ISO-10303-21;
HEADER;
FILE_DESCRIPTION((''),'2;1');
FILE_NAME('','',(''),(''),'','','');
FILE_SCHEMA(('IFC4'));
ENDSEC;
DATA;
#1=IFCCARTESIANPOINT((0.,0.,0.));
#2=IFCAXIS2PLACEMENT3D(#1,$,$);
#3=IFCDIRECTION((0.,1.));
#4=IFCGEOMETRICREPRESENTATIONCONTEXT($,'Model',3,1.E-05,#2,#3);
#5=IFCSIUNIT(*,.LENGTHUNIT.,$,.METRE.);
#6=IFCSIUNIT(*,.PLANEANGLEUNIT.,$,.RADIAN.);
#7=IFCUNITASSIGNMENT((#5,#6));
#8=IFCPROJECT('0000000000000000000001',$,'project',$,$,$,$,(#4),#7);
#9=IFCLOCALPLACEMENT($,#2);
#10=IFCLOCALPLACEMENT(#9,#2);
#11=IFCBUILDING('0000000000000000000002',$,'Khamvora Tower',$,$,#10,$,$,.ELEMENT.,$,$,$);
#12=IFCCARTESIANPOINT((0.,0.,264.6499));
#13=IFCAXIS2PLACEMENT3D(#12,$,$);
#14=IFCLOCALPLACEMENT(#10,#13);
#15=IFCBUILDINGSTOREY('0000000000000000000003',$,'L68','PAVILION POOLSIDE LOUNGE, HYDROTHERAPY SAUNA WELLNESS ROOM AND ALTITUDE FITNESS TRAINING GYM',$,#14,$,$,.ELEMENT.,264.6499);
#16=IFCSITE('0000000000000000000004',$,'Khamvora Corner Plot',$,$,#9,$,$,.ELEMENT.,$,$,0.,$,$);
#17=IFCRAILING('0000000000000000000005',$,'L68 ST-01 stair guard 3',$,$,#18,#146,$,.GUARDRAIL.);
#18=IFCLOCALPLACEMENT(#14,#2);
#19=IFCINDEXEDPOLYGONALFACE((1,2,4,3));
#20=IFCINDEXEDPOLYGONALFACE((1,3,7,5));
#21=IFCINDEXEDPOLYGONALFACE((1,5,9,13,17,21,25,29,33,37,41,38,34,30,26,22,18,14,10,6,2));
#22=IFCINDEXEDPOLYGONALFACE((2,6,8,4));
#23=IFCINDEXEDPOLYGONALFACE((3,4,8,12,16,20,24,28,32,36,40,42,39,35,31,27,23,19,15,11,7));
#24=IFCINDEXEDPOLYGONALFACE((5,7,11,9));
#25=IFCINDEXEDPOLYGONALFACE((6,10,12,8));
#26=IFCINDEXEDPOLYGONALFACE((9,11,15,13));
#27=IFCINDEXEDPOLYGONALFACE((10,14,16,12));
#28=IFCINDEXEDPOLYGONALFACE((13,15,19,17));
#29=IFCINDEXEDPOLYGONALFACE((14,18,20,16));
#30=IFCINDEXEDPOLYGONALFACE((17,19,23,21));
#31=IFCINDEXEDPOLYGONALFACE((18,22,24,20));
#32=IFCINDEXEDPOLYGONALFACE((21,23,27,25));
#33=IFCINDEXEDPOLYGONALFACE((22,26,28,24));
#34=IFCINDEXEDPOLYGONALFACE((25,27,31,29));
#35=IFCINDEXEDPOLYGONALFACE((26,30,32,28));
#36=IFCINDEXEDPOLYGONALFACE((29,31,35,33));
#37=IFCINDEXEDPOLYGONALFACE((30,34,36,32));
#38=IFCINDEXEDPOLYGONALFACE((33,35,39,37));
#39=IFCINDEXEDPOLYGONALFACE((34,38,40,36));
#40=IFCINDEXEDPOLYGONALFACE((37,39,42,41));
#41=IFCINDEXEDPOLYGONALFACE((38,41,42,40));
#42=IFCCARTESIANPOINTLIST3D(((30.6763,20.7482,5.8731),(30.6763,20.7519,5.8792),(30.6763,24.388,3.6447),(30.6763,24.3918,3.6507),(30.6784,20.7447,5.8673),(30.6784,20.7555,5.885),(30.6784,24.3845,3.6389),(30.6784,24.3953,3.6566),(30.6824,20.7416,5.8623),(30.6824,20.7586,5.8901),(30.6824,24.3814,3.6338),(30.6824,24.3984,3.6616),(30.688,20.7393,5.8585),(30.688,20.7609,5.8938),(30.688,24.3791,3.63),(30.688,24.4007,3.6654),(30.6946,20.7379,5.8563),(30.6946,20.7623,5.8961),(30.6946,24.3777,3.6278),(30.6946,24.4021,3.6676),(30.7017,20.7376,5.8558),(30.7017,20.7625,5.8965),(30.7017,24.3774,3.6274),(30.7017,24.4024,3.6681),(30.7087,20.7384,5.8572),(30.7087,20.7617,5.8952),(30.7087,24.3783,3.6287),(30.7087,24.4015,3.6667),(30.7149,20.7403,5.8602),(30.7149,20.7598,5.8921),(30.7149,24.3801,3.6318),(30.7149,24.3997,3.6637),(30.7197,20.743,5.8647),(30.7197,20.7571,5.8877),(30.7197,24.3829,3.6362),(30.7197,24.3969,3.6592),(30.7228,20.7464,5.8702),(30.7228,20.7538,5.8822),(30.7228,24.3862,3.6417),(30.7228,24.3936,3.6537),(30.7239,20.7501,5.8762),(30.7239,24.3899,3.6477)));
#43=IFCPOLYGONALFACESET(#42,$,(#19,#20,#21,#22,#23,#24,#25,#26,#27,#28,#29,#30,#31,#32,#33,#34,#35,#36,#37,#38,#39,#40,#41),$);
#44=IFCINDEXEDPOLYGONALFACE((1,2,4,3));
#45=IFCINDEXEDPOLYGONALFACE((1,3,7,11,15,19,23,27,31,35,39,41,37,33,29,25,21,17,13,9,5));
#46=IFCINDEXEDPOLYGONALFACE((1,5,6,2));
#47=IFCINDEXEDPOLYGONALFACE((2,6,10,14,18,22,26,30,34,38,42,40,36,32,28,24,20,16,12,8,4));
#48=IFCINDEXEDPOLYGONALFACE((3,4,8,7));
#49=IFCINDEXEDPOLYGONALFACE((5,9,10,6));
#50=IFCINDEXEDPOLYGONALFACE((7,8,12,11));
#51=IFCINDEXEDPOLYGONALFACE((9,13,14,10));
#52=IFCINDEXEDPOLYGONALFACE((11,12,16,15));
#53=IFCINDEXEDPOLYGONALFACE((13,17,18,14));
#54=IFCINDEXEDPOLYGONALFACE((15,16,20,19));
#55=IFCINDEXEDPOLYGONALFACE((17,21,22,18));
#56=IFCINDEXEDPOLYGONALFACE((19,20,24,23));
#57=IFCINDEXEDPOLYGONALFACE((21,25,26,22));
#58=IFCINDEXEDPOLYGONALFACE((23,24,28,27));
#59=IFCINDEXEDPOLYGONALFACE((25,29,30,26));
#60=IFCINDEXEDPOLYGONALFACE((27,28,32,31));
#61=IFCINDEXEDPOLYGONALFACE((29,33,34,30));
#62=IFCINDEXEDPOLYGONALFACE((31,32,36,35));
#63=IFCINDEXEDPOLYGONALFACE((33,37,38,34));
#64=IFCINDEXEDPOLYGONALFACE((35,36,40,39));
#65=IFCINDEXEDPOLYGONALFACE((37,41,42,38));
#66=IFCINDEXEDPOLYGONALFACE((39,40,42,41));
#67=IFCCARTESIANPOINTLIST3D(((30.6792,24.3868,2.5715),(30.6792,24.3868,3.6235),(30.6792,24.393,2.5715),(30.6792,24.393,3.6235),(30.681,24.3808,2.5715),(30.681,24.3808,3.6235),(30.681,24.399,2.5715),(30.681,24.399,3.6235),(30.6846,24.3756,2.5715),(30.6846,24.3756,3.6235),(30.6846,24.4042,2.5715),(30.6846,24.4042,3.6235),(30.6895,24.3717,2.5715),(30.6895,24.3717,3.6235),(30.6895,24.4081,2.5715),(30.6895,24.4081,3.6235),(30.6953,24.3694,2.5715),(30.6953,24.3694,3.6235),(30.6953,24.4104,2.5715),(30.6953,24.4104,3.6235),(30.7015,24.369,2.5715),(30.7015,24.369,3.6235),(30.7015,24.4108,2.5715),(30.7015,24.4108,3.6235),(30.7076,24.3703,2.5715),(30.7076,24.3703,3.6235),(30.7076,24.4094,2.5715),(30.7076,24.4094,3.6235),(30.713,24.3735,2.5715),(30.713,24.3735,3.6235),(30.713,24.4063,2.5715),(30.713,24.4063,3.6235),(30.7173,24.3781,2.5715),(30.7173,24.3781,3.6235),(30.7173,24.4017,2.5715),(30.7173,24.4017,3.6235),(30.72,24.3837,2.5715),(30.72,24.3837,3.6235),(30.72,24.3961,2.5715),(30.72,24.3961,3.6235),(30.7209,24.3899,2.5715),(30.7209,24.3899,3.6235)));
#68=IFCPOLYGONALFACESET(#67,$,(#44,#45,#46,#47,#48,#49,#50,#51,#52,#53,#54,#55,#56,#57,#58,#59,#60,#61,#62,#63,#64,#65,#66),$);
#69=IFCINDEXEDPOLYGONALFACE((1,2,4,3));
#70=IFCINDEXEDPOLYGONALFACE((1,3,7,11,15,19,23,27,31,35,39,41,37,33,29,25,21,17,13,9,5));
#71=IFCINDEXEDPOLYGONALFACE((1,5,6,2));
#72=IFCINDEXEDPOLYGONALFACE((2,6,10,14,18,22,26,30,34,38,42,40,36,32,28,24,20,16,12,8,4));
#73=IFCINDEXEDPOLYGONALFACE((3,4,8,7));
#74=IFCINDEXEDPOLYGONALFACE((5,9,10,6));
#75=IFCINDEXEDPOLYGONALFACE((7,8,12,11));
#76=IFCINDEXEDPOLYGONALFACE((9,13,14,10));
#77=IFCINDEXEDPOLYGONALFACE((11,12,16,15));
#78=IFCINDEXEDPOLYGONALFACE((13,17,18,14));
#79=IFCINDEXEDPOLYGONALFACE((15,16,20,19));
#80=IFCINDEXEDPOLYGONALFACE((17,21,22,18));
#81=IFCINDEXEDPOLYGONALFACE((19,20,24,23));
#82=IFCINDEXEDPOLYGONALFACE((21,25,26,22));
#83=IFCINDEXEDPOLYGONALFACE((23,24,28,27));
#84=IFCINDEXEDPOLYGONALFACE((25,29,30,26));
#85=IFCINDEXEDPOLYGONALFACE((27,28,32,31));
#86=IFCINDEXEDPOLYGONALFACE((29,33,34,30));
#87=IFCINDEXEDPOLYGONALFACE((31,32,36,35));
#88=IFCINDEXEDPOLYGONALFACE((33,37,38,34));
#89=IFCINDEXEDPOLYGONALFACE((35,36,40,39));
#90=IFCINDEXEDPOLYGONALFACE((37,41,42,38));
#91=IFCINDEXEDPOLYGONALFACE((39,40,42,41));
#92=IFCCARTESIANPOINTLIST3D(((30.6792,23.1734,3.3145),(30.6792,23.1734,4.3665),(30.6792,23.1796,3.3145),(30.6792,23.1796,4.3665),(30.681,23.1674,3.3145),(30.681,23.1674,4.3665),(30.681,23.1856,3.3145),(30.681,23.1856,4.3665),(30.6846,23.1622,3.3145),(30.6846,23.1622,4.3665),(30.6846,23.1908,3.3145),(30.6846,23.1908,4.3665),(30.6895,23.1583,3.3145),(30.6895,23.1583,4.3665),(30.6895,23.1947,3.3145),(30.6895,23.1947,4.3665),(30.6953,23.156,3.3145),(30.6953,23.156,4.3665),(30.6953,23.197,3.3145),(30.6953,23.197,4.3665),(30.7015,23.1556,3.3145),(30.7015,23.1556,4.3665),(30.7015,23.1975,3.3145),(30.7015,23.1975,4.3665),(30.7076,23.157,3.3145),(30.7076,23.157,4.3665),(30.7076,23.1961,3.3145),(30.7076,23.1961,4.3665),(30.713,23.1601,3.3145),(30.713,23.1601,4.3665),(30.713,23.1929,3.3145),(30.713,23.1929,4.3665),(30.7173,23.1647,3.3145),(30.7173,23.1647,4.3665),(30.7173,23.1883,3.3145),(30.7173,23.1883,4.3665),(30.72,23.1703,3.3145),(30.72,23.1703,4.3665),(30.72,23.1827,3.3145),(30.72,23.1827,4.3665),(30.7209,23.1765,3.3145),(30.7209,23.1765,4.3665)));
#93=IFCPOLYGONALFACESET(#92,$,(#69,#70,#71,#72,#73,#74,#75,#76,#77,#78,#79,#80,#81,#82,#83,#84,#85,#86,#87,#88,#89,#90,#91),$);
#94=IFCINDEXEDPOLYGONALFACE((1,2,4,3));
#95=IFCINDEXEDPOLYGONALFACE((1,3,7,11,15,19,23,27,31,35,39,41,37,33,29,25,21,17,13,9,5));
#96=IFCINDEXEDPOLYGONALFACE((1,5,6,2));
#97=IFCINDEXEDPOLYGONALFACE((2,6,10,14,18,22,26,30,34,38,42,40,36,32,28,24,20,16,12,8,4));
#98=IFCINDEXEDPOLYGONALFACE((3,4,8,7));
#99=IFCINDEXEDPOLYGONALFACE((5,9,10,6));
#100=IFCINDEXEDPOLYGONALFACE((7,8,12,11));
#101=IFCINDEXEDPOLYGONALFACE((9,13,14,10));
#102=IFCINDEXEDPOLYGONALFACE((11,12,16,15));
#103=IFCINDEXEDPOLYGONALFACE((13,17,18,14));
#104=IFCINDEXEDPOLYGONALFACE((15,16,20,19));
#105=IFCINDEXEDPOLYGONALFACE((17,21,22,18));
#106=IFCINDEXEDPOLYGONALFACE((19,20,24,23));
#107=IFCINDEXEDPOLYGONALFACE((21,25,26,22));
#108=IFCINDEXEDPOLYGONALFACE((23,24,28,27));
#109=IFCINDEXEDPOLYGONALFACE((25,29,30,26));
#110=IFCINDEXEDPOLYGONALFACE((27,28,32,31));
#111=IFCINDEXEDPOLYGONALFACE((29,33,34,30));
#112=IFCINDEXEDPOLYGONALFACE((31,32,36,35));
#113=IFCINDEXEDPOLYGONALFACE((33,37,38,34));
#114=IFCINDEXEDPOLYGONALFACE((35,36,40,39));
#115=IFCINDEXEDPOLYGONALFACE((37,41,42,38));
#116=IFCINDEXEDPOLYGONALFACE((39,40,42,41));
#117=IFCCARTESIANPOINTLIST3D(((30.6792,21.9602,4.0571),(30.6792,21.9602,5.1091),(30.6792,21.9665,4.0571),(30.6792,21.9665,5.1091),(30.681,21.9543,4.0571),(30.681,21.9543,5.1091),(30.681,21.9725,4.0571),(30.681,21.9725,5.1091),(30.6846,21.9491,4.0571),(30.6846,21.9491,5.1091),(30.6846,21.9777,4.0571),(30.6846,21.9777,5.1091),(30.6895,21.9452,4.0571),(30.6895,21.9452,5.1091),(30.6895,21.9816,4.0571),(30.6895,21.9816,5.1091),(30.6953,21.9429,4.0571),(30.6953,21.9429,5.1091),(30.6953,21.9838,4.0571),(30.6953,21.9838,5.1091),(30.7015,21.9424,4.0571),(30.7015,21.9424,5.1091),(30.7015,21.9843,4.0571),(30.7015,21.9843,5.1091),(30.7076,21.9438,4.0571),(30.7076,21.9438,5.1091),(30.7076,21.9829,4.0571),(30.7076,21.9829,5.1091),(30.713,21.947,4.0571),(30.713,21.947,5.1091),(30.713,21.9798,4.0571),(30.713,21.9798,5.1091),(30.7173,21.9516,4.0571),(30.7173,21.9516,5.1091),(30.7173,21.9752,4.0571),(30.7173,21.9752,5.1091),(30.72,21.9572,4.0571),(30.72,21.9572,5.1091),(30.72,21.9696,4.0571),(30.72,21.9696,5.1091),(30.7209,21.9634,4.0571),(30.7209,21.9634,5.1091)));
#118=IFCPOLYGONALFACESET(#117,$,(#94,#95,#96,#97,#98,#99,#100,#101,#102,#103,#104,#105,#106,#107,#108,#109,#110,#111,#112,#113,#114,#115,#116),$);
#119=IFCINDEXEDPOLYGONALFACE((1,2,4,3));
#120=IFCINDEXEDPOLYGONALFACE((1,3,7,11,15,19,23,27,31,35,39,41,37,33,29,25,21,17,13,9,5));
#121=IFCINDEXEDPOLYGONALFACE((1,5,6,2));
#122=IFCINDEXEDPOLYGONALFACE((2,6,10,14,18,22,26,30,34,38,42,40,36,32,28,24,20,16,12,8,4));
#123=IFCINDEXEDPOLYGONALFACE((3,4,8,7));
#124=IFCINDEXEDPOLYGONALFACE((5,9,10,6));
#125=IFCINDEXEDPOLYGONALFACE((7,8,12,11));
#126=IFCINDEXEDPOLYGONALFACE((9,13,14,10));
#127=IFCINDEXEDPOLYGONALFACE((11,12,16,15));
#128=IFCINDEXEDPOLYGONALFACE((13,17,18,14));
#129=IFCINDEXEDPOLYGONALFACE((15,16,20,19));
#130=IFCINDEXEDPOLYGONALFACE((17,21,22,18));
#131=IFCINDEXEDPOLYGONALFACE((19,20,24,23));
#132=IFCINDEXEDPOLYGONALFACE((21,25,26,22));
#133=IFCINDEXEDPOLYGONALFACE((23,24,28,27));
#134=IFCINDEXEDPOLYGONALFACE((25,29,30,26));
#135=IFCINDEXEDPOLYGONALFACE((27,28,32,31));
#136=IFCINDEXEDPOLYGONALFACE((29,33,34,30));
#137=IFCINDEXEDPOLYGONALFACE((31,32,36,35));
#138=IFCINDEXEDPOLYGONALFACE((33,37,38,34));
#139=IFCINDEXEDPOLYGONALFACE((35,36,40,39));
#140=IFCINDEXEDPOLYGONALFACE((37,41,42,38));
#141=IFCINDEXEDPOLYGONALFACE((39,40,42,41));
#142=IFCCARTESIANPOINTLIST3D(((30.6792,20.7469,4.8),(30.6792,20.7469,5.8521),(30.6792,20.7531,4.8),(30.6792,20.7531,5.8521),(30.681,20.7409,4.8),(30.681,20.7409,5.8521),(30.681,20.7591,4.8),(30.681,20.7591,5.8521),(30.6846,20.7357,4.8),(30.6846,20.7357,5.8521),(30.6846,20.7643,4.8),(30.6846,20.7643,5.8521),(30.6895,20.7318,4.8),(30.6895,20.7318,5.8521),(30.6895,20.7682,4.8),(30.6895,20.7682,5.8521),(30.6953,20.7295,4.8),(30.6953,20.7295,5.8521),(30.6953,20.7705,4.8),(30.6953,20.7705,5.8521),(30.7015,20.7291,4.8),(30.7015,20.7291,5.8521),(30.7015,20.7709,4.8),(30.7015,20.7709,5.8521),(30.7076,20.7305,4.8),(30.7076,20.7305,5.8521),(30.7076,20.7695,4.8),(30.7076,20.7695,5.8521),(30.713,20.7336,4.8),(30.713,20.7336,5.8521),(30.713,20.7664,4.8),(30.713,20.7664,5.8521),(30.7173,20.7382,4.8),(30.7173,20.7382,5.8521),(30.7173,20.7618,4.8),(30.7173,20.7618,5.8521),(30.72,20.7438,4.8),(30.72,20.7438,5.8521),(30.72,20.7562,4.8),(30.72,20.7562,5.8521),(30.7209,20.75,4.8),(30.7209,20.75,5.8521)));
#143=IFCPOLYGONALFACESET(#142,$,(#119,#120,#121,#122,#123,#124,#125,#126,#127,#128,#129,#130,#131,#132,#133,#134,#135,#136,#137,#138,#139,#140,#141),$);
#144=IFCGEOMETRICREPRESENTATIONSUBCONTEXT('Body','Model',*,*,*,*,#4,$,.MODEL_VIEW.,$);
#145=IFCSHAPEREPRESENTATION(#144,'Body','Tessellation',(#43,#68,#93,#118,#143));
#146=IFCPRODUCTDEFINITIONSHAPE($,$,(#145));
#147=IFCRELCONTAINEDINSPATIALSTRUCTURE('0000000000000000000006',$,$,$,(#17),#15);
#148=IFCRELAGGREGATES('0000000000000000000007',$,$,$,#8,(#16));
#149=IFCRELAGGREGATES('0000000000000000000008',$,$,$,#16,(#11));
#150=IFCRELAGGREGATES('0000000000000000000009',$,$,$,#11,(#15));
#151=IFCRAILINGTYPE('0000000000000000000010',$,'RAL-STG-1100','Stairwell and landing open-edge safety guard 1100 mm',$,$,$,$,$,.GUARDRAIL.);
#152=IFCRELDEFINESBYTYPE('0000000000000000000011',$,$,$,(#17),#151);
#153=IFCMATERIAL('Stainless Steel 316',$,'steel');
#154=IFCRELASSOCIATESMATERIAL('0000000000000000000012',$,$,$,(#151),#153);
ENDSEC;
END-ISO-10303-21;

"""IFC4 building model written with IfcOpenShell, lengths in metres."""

from ifc_helpers import new_model, si_unit, direction, frame, origin, origin_2d, place, context, subcontext, project, spatial, circle, extrude, material, type_object, element, save


model = new_model("IFC4")

# Units and contexts
model_context = context("Model", 3, precision=1e-05, world=origin(), true_north=direction((0.0, 1.0)))
body_context = subcontext(model_context, "Body", "Model", "MODEL_VIEW")
ifc_project = project(units=[si_unit("LENGTHUNIT", "METRE"), si_unit("PLANEANGLEUNIT", "RADIAN")], contexts=[model_context])

# Site, building, storey
site_placement = place(None, origin())
site = spatial("IfcSite", under=ifc_project, at=site_placement, Name="Khamvora Corner Plot", CompositionType="ELEMENT", RefElevation=0.0)
building_placement = place(site_placement, origin())
building = spatial("IfcBuilding", under=site, at=building_placement, Name="Khamvora Tower", CompositionType="ELEMENT")
storey_placement = place(building_placement, frame((0.0, 0.0, 264.6499)))
storey = spatial("IfcBuildingStorey", under=building, at=storey_placement, Name="L68", Description="PAVILION POOLSIDE LOUNGE, HYDROTHERAPY SAUNA WELLNESS ROOM AND ALTITUDE FITNESS TRAINING GYM", CompositionType="ELEMENT", Elevation=264.6499)

# Railing
ifc_material_1 = material(Name="Stainless Steel 316", Category="steel")
railing_type_1 = type_object("IfcRailingType", Name="RAL-STG-1100", Description="Stairwell and landing open-edge safety guard 1100 mm", PredefinedType="GUARDRAIL", material=ifc_material_1)
railing_1_placement = place(storey_placement, frame((30.7, 24.3899, 2.5715)))
element("IfcRailing", 1, at=railing_1_placement, inside=storey, type_object=railing_type_1, Name="L68 ST-01 stair guard 3", PredefinedType="GUARDRAIL", context=body_context, shape_type="SweptSolid", body=[
    extrude(circle(Radius=0.0239, at=origin_2d()), frame((0.0, 0.0, 1.0762), z_axis=(0.0, -0.85285, 0.522156), x_axis=(1.0, 0.0, 0.0)), (0.0, 0.0, 1.0), 4.2678),
    extrude(circle(Radius=0.021, at=origin_2d()), origin(), (0.0, 0.0, 1.0), 1.052),
    extrude(circle(Radius=0.021, at=origin_2d()), frame((0.0, -1.2134, 0.7429)), (0.0, 0.0, 1.0), 1.052),
    extrude(circle(Radius=0.021, at=origin_2d()), frame((0.0, -2.4265, 1.4856)), (0.0, 0.0, 1.0), 1.052),
    extrude(circle(Radius=0.021, at=origin_2d()), frame((0.0, -3.6399, 2.2285)), (0.0, 0.0, 1.0), 1.052),
])

save(model, "model.ifc")
